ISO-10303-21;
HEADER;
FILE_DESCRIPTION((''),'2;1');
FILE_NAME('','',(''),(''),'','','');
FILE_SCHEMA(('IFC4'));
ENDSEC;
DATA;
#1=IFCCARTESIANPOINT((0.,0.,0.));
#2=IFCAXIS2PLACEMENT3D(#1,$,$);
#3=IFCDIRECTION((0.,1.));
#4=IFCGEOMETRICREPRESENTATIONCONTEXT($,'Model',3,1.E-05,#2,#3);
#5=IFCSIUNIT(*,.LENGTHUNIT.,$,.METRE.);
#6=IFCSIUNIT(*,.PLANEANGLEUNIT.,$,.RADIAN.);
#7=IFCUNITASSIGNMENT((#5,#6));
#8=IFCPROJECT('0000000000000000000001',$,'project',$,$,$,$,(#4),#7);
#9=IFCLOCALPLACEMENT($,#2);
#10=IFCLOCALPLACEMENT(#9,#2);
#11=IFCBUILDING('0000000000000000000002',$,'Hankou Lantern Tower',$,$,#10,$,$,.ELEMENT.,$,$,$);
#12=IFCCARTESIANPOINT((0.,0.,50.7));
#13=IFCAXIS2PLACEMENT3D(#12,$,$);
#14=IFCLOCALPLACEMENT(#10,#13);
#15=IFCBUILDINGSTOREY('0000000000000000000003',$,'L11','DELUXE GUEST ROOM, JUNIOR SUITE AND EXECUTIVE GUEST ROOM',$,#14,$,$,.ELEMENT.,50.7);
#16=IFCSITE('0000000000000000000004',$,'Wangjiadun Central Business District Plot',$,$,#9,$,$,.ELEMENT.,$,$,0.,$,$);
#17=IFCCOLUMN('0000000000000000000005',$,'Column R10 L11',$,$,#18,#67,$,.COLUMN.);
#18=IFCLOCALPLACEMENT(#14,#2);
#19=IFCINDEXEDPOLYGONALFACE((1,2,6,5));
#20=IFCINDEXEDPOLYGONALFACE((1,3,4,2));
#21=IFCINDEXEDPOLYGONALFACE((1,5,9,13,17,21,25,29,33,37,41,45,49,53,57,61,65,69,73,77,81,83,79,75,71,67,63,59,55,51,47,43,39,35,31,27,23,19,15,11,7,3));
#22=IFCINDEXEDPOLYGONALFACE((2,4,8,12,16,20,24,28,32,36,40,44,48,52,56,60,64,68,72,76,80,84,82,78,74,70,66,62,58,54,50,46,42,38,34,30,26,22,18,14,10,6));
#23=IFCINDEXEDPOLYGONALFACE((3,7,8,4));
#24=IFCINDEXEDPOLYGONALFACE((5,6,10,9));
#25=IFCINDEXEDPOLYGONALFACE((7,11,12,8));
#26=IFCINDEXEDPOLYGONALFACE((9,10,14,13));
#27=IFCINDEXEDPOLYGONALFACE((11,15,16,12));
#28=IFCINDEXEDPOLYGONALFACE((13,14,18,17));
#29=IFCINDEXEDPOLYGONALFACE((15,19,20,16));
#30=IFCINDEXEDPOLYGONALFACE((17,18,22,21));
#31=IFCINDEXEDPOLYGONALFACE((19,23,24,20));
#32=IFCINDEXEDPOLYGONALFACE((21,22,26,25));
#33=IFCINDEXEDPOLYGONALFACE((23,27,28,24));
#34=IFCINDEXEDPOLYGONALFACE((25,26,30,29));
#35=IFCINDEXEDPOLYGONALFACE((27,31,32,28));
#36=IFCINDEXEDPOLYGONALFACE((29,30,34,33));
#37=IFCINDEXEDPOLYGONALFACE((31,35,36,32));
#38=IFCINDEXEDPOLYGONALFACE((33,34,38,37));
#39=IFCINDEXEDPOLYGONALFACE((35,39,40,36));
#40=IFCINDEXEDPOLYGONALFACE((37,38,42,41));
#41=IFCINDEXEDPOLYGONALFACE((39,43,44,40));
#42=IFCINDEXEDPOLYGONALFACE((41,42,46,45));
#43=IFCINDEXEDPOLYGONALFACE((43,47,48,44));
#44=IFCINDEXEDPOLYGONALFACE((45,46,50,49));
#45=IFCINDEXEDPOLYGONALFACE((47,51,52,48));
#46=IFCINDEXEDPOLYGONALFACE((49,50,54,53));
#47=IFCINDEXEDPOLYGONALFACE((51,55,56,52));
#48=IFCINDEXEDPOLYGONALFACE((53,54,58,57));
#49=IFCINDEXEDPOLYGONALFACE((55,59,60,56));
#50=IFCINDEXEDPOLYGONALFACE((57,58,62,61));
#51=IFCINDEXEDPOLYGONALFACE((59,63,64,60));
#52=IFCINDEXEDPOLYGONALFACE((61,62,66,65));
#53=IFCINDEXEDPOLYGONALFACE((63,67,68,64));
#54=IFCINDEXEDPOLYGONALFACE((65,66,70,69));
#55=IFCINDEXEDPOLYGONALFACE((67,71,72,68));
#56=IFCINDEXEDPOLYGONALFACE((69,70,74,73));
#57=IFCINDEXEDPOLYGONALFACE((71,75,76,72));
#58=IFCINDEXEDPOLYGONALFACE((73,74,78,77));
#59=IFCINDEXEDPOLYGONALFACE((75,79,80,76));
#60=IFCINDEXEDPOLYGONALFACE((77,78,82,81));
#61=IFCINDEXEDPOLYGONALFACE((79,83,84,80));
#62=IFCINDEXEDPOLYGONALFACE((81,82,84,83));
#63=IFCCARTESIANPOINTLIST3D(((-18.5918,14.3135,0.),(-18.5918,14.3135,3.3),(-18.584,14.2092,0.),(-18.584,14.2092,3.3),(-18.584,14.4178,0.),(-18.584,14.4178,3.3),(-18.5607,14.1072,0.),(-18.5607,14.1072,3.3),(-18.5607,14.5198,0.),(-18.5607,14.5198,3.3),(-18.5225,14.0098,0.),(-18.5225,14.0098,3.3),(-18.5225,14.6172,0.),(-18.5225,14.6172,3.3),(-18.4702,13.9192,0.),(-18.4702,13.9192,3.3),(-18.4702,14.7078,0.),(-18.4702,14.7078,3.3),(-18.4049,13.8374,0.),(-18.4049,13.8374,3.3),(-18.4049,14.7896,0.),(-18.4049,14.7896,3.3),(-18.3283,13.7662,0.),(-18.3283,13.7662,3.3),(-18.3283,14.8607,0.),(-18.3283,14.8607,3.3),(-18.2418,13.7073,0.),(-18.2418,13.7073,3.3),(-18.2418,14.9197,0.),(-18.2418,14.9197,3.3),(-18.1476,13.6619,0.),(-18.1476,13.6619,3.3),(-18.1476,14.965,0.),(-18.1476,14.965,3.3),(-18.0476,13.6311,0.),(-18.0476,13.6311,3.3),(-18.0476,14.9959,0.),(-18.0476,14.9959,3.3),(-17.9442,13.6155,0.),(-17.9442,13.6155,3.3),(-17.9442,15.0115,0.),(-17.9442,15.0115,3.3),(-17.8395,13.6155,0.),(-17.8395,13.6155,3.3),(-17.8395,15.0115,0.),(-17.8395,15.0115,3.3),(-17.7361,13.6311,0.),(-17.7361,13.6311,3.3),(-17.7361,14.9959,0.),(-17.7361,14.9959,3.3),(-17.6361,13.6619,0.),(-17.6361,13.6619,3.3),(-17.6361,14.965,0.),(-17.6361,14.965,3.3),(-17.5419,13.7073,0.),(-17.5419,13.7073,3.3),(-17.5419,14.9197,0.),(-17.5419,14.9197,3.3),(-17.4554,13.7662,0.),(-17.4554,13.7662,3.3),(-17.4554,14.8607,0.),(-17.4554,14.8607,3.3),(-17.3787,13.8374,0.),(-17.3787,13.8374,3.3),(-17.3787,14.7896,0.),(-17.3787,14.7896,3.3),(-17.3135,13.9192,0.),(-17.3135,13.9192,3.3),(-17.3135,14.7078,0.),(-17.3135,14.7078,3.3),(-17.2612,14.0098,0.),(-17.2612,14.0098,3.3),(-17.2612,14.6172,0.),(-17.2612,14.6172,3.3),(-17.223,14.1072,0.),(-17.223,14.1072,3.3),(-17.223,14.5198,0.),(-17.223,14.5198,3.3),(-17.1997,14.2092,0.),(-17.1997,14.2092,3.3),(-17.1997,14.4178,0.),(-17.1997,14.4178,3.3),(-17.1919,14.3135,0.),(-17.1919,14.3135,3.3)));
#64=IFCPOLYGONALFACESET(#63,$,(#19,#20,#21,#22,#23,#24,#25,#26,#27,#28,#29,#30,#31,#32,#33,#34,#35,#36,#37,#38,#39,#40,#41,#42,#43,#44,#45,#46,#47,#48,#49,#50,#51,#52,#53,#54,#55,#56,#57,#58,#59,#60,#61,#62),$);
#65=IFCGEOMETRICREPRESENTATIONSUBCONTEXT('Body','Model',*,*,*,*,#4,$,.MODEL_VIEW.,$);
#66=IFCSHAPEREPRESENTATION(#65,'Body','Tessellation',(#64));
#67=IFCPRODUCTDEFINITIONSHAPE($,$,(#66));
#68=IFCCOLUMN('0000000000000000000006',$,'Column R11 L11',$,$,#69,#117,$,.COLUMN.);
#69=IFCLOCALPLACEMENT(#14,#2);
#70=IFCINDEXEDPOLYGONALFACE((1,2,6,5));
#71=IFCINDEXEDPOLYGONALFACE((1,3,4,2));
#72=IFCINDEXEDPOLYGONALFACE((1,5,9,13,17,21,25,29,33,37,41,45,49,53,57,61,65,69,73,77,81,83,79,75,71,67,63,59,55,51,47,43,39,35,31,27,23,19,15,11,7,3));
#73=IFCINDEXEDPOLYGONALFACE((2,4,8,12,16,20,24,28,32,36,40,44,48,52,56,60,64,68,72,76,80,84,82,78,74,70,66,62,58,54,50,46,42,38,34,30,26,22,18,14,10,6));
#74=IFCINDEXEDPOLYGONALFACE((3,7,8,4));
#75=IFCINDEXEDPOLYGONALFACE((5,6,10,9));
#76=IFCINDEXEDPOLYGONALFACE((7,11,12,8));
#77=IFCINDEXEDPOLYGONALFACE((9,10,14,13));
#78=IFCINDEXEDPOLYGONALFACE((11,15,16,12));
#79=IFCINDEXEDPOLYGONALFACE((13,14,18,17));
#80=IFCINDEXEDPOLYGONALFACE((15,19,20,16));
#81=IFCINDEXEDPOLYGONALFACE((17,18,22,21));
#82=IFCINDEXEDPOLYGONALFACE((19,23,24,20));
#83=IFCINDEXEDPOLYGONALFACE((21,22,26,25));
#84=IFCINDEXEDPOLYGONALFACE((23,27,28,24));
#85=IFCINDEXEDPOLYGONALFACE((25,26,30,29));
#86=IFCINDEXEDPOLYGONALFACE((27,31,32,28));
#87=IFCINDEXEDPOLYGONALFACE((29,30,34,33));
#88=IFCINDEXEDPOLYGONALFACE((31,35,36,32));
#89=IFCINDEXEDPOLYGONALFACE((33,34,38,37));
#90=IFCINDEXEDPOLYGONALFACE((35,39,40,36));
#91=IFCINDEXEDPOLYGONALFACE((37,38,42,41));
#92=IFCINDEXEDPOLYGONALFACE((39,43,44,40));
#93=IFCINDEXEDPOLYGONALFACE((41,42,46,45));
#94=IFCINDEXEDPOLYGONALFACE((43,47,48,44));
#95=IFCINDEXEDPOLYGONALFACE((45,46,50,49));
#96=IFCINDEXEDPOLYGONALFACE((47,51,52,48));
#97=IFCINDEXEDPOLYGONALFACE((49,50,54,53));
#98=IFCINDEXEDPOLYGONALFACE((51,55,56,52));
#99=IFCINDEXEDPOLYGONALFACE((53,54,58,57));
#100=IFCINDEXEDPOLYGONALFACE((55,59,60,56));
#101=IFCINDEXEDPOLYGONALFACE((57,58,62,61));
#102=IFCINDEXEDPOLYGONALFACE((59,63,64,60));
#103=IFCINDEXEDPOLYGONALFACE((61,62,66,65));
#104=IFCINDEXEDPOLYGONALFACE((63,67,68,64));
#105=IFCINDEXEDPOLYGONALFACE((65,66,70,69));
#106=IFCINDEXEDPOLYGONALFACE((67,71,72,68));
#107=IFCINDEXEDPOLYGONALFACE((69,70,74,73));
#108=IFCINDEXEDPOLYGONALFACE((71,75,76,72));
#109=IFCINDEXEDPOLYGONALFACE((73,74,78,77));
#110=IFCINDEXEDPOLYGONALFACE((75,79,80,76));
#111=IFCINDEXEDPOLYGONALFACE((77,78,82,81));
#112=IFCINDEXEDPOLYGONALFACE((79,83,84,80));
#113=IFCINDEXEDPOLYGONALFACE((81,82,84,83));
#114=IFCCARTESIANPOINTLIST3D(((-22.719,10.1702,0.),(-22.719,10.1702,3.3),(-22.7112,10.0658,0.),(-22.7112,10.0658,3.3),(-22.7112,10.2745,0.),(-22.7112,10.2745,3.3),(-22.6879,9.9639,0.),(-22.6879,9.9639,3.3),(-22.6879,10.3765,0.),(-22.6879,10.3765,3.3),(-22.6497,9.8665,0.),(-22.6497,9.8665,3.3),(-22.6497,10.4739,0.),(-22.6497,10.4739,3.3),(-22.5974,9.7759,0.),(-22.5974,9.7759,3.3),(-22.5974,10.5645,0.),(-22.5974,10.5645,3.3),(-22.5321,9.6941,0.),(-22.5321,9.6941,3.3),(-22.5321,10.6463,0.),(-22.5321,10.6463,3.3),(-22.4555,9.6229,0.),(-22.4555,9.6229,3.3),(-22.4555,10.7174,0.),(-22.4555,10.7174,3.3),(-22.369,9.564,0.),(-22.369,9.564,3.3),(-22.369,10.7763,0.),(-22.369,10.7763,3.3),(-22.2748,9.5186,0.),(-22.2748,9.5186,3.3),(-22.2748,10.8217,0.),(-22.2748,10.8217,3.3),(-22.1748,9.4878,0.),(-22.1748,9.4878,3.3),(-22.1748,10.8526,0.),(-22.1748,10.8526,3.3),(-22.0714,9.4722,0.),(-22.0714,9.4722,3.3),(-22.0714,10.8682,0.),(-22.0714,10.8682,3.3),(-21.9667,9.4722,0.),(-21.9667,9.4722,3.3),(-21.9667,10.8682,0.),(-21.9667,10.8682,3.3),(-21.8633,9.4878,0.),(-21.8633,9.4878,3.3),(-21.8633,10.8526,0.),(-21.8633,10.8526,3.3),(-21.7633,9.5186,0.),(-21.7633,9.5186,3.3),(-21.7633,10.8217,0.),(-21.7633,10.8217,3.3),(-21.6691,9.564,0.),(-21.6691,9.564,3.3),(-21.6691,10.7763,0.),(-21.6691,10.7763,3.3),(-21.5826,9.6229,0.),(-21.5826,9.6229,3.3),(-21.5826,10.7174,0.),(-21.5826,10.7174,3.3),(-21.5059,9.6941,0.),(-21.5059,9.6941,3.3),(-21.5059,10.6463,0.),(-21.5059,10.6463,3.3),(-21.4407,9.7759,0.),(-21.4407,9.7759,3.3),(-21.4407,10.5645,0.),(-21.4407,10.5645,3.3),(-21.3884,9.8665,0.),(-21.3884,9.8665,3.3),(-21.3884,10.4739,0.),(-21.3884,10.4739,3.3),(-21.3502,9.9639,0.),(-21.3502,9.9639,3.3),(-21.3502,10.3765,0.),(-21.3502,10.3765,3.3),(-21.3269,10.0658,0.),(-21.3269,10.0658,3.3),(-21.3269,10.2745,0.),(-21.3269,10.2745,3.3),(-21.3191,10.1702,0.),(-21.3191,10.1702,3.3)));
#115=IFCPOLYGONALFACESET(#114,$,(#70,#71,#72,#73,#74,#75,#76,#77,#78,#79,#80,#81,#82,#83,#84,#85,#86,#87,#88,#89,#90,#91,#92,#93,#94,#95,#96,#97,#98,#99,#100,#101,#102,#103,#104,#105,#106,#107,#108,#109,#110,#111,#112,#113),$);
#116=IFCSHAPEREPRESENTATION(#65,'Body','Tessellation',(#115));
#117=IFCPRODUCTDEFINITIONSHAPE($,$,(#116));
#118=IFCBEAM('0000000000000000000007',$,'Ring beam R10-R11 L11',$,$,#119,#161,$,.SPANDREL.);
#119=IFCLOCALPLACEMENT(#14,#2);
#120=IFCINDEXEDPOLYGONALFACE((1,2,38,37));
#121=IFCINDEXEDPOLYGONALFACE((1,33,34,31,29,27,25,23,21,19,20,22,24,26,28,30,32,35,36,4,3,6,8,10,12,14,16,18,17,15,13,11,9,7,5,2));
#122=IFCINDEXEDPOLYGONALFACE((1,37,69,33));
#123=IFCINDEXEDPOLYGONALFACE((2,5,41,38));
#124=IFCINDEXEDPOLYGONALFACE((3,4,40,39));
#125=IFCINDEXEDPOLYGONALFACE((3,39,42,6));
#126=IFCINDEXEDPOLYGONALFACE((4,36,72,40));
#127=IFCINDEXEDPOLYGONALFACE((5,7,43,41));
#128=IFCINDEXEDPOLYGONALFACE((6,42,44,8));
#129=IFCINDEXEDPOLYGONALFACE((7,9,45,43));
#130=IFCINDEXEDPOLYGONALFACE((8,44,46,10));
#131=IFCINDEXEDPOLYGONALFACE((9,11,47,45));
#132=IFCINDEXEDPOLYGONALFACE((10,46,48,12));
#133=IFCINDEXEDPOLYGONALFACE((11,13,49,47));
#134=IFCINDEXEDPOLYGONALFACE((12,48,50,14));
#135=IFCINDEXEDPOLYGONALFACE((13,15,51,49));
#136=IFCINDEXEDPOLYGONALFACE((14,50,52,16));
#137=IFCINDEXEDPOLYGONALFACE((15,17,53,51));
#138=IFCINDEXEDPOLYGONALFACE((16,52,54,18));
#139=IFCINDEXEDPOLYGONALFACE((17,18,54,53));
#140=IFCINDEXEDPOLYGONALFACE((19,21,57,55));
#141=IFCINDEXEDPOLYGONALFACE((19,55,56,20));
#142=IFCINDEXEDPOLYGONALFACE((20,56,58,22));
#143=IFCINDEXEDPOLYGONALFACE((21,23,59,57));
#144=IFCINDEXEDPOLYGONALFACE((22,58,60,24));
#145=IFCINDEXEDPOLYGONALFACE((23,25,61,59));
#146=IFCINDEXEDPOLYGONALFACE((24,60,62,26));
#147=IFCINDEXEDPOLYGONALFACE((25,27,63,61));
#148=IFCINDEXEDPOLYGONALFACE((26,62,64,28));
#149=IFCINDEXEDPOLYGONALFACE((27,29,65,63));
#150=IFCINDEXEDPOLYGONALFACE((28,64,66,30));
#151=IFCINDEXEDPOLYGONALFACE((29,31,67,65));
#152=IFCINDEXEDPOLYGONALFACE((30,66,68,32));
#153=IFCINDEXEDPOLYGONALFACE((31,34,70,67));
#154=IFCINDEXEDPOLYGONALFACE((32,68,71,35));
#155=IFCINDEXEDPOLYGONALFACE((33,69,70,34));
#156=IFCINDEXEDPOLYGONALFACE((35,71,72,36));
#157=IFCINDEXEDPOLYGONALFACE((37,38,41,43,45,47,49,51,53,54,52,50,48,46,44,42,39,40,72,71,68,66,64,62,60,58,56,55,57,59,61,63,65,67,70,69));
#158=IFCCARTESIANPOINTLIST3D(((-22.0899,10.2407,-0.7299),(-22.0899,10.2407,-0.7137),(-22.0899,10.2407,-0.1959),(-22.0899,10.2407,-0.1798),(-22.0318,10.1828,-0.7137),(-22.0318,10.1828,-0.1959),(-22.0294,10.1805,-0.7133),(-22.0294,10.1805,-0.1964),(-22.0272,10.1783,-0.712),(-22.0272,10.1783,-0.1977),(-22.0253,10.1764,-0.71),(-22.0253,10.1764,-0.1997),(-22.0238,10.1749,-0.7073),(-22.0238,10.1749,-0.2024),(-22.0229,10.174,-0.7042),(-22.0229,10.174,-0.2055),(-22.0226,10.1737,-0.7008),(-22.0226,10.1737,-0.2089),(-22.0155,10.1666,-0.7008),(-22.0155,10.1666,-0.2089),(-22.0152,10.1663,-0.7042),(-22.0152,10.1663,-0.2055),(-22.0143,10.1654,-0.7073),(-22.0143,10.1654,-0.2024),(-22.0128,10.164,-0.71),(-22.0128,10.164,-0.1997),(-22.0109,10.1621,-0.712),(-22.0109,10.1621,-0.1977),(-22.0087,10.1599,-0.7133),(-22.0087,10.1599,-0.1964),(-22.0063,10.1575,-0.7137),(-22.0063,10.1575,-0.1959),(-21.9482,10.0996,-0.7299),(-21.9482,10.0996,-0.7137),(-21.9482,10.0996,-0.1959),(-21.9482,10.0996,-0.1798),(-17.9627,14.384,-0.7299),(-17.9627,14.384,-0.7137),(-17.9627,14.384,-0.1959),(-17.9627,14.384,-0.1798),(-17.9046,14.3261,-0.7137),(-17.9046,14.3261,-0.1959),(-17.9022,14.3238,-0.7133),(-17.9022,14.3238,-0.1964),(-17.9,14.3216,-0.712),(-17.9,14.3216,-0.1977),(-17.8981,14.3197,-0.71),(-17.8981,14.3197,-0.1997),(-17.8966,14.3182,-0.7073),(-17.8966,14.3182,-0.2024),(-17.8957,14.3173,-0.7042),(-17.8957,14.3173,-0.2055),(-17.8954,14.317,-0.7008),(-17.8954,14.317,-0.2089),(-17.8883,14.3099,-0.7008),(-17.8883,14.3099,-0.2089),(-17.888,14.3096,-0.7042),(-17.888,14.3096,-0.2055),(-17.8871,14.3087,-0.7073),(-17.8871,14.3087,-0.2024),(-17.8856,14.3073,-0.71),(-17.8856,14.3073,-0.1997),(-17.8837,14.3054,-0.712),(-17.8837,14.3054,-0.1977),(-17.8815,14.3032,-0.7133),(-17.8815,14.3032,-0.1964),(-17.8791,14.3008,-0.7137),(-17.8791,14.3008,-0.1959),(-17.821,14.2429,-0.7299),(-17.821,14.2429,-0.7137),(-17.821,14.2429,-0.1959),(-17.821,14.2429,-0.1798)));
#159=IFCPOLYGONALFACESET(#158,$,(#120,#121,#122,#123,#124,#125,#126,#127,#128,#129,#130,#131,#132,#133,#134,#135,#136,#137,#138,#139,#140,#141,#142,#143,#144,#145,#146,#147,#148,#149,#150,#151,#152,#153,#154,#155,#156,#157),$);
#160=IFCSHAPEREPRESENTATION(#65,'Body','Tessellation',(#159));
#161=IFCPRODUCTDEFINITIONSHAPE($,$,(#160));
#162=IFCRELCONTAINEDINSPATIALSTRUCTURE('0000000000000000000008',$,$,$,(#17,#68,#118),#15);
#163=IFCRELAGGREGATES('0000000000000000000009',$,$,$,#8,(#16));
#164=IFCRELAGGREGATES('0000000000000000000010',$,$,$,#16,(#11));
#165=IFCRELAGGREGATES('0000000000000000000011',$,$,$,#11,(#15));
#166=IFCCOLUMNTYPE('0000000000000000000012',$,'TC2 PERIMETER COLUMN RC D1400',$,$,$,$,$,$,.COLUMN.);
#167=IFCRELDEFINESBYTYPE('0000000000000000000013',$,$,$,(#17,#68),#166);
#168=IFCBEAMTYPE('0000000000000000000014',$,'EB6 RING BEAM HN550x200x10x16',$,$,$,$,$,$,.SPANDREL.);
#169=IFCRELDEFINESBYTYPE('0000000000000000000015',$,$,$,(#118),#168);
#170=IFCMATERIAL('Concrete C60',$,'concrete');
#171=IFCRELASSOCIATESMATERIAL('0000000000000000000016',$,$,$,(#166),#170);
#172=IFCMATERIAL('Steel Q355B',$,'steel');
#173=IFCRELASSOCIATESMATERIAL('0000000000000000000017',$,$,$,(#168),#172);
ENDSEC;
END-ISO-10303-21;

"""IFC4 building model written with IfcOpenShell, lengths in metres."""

from ifc_helpers import new_model, si_unit, direction, frame, origin, origin_2d, place, context, subcontext, project, spatial, circle, i_section, extrude, material, material_profile, profile_set, type_object, element, save


model = new_model("IFC4")

# Units and contexts
model_context = context("Model", 3, precision=1e-05, world=origin(), true_north=direction((0.0, 1.0)))
body_context = subcontext(model_context, "Body", "Model", "MODEL_VIEW")
ifc_project = project(units=[si_unit("LENGTHUNIT", "METRE"), si_unit("PLANEANGLEUNIT", "RADIAN")], contexts=[model_context])

# Site, building, storey
site_placement = place(None, origin())
site = spatial("IfcSite", under=ifc_project, at=site_placement, Name="Wangjiadun Central Business District Plot", CompositionType="ELEMENT", RefElevation=0.0)
building_placement = place(site_placement, origin())
building = spatial("IfcBuilding", under=site, at=building_placement, Name="Hankou Lantern Tower", CompositionType="ELEMENT")
storey_placement = place(building_placement, frame((0.0, 0.0, 50.7)))
storey = spatial("IfcBuildingStorey", under=building, at=storey_placement, Name="L11", Description="DELUXE GUEST ROOM, JUNIOR SUITE AND EXECUTIVE GUEST ROOM", CompositionType="ELEMENT", Elevation=50.7)

# Columns
ifc_material_1 = material(Name="Concrete C60", Category="concrete")
ifc_material_profile_1 = material_profile(ifc_material_1, circle(Radius=0.7, at=origin_2d()), Name="RC D1400")
ifc_profile_set_1 = profile_set([ifc_material_profile_1], Name="Concrete C60")
column_type = type_object("IfcColumnType", Name="TC2 PERIMETER COLUMN RC D1400", PredefinedType="COLUMN", material=ifc_profile_set_1)
for number, where, z_axis, x_axis, name in (
    (1, (-17.8918, 14.3135, 0.0), (0.0, 0.0, 1.0), (1.0, 0.0, 0.0), "Column R10 L11"),
    (2, (-22.019, 10.1702, 0.0), (0.0, 0.0, 1.0), (1.0, 0.0, 0.0), "Column R11 L11"),
):
    element("IfcColumn", number, at=place(storey_placement, frame(where, z_axis=z_axis, x_axis=x_axis)), inside=storey, type_object=column_type, Name=name, PredefinedType="COLUMN", context=body_context, shape_type="SweptSolid", body=[
        extrude(circle(Radius=0.7, at=origin_2d()), origin(), (0.0, 0.0, 1.0), 3.3),
    ])

# Beam
ifc_material_2 = material(Name="Steel Q355B", Category="steel")
ifc_material_profile_2 = material_profile(ifc_material_2, i_section(OverallWidth=0.2, OverallDepth=0.55, WebThickness=0.01, FlangeThickness=0.0161, FilletRadius=0.0129, at=origin_2d()), Name="HN550x200x10x16")
ifc_profile_set_2 = profile_set([ifc_material_profile_2], Name="Steel Q355B")
beam_type_1 = type_object("IfcBeamType", Name="EB6 RING BEAM HN550x200x10x16", PredefinedType="SPANDREL", material=ifc_profile_set_2)
beam_1_placement = place(storey_placement, frame((-17.8918, 14.3135, -0.4548), z_axis=(-0.705728, -0.708483, 0.0), x_axis=(0.708483, -0.705728, 0.0)))
element("IfcBeam", 3, at=beam_1_placement, inside=storey, type_object=beam_type_1, Name="Ring beam R10-R11 L11", PredefinedType="SPANDREL", context=body_context, shape_type="SweptSolid", body=[
    extrude(i_section(OverallWidth=0.2, OverallDepth=0.55, WebThickness=0.01, FlangeThickness=0.0161, FilletRadius=0.0129, at=origin_2d()), origin(), (0.0, 0.0, 1.0), 5.8481),
])

save(model, "model.ifc")
